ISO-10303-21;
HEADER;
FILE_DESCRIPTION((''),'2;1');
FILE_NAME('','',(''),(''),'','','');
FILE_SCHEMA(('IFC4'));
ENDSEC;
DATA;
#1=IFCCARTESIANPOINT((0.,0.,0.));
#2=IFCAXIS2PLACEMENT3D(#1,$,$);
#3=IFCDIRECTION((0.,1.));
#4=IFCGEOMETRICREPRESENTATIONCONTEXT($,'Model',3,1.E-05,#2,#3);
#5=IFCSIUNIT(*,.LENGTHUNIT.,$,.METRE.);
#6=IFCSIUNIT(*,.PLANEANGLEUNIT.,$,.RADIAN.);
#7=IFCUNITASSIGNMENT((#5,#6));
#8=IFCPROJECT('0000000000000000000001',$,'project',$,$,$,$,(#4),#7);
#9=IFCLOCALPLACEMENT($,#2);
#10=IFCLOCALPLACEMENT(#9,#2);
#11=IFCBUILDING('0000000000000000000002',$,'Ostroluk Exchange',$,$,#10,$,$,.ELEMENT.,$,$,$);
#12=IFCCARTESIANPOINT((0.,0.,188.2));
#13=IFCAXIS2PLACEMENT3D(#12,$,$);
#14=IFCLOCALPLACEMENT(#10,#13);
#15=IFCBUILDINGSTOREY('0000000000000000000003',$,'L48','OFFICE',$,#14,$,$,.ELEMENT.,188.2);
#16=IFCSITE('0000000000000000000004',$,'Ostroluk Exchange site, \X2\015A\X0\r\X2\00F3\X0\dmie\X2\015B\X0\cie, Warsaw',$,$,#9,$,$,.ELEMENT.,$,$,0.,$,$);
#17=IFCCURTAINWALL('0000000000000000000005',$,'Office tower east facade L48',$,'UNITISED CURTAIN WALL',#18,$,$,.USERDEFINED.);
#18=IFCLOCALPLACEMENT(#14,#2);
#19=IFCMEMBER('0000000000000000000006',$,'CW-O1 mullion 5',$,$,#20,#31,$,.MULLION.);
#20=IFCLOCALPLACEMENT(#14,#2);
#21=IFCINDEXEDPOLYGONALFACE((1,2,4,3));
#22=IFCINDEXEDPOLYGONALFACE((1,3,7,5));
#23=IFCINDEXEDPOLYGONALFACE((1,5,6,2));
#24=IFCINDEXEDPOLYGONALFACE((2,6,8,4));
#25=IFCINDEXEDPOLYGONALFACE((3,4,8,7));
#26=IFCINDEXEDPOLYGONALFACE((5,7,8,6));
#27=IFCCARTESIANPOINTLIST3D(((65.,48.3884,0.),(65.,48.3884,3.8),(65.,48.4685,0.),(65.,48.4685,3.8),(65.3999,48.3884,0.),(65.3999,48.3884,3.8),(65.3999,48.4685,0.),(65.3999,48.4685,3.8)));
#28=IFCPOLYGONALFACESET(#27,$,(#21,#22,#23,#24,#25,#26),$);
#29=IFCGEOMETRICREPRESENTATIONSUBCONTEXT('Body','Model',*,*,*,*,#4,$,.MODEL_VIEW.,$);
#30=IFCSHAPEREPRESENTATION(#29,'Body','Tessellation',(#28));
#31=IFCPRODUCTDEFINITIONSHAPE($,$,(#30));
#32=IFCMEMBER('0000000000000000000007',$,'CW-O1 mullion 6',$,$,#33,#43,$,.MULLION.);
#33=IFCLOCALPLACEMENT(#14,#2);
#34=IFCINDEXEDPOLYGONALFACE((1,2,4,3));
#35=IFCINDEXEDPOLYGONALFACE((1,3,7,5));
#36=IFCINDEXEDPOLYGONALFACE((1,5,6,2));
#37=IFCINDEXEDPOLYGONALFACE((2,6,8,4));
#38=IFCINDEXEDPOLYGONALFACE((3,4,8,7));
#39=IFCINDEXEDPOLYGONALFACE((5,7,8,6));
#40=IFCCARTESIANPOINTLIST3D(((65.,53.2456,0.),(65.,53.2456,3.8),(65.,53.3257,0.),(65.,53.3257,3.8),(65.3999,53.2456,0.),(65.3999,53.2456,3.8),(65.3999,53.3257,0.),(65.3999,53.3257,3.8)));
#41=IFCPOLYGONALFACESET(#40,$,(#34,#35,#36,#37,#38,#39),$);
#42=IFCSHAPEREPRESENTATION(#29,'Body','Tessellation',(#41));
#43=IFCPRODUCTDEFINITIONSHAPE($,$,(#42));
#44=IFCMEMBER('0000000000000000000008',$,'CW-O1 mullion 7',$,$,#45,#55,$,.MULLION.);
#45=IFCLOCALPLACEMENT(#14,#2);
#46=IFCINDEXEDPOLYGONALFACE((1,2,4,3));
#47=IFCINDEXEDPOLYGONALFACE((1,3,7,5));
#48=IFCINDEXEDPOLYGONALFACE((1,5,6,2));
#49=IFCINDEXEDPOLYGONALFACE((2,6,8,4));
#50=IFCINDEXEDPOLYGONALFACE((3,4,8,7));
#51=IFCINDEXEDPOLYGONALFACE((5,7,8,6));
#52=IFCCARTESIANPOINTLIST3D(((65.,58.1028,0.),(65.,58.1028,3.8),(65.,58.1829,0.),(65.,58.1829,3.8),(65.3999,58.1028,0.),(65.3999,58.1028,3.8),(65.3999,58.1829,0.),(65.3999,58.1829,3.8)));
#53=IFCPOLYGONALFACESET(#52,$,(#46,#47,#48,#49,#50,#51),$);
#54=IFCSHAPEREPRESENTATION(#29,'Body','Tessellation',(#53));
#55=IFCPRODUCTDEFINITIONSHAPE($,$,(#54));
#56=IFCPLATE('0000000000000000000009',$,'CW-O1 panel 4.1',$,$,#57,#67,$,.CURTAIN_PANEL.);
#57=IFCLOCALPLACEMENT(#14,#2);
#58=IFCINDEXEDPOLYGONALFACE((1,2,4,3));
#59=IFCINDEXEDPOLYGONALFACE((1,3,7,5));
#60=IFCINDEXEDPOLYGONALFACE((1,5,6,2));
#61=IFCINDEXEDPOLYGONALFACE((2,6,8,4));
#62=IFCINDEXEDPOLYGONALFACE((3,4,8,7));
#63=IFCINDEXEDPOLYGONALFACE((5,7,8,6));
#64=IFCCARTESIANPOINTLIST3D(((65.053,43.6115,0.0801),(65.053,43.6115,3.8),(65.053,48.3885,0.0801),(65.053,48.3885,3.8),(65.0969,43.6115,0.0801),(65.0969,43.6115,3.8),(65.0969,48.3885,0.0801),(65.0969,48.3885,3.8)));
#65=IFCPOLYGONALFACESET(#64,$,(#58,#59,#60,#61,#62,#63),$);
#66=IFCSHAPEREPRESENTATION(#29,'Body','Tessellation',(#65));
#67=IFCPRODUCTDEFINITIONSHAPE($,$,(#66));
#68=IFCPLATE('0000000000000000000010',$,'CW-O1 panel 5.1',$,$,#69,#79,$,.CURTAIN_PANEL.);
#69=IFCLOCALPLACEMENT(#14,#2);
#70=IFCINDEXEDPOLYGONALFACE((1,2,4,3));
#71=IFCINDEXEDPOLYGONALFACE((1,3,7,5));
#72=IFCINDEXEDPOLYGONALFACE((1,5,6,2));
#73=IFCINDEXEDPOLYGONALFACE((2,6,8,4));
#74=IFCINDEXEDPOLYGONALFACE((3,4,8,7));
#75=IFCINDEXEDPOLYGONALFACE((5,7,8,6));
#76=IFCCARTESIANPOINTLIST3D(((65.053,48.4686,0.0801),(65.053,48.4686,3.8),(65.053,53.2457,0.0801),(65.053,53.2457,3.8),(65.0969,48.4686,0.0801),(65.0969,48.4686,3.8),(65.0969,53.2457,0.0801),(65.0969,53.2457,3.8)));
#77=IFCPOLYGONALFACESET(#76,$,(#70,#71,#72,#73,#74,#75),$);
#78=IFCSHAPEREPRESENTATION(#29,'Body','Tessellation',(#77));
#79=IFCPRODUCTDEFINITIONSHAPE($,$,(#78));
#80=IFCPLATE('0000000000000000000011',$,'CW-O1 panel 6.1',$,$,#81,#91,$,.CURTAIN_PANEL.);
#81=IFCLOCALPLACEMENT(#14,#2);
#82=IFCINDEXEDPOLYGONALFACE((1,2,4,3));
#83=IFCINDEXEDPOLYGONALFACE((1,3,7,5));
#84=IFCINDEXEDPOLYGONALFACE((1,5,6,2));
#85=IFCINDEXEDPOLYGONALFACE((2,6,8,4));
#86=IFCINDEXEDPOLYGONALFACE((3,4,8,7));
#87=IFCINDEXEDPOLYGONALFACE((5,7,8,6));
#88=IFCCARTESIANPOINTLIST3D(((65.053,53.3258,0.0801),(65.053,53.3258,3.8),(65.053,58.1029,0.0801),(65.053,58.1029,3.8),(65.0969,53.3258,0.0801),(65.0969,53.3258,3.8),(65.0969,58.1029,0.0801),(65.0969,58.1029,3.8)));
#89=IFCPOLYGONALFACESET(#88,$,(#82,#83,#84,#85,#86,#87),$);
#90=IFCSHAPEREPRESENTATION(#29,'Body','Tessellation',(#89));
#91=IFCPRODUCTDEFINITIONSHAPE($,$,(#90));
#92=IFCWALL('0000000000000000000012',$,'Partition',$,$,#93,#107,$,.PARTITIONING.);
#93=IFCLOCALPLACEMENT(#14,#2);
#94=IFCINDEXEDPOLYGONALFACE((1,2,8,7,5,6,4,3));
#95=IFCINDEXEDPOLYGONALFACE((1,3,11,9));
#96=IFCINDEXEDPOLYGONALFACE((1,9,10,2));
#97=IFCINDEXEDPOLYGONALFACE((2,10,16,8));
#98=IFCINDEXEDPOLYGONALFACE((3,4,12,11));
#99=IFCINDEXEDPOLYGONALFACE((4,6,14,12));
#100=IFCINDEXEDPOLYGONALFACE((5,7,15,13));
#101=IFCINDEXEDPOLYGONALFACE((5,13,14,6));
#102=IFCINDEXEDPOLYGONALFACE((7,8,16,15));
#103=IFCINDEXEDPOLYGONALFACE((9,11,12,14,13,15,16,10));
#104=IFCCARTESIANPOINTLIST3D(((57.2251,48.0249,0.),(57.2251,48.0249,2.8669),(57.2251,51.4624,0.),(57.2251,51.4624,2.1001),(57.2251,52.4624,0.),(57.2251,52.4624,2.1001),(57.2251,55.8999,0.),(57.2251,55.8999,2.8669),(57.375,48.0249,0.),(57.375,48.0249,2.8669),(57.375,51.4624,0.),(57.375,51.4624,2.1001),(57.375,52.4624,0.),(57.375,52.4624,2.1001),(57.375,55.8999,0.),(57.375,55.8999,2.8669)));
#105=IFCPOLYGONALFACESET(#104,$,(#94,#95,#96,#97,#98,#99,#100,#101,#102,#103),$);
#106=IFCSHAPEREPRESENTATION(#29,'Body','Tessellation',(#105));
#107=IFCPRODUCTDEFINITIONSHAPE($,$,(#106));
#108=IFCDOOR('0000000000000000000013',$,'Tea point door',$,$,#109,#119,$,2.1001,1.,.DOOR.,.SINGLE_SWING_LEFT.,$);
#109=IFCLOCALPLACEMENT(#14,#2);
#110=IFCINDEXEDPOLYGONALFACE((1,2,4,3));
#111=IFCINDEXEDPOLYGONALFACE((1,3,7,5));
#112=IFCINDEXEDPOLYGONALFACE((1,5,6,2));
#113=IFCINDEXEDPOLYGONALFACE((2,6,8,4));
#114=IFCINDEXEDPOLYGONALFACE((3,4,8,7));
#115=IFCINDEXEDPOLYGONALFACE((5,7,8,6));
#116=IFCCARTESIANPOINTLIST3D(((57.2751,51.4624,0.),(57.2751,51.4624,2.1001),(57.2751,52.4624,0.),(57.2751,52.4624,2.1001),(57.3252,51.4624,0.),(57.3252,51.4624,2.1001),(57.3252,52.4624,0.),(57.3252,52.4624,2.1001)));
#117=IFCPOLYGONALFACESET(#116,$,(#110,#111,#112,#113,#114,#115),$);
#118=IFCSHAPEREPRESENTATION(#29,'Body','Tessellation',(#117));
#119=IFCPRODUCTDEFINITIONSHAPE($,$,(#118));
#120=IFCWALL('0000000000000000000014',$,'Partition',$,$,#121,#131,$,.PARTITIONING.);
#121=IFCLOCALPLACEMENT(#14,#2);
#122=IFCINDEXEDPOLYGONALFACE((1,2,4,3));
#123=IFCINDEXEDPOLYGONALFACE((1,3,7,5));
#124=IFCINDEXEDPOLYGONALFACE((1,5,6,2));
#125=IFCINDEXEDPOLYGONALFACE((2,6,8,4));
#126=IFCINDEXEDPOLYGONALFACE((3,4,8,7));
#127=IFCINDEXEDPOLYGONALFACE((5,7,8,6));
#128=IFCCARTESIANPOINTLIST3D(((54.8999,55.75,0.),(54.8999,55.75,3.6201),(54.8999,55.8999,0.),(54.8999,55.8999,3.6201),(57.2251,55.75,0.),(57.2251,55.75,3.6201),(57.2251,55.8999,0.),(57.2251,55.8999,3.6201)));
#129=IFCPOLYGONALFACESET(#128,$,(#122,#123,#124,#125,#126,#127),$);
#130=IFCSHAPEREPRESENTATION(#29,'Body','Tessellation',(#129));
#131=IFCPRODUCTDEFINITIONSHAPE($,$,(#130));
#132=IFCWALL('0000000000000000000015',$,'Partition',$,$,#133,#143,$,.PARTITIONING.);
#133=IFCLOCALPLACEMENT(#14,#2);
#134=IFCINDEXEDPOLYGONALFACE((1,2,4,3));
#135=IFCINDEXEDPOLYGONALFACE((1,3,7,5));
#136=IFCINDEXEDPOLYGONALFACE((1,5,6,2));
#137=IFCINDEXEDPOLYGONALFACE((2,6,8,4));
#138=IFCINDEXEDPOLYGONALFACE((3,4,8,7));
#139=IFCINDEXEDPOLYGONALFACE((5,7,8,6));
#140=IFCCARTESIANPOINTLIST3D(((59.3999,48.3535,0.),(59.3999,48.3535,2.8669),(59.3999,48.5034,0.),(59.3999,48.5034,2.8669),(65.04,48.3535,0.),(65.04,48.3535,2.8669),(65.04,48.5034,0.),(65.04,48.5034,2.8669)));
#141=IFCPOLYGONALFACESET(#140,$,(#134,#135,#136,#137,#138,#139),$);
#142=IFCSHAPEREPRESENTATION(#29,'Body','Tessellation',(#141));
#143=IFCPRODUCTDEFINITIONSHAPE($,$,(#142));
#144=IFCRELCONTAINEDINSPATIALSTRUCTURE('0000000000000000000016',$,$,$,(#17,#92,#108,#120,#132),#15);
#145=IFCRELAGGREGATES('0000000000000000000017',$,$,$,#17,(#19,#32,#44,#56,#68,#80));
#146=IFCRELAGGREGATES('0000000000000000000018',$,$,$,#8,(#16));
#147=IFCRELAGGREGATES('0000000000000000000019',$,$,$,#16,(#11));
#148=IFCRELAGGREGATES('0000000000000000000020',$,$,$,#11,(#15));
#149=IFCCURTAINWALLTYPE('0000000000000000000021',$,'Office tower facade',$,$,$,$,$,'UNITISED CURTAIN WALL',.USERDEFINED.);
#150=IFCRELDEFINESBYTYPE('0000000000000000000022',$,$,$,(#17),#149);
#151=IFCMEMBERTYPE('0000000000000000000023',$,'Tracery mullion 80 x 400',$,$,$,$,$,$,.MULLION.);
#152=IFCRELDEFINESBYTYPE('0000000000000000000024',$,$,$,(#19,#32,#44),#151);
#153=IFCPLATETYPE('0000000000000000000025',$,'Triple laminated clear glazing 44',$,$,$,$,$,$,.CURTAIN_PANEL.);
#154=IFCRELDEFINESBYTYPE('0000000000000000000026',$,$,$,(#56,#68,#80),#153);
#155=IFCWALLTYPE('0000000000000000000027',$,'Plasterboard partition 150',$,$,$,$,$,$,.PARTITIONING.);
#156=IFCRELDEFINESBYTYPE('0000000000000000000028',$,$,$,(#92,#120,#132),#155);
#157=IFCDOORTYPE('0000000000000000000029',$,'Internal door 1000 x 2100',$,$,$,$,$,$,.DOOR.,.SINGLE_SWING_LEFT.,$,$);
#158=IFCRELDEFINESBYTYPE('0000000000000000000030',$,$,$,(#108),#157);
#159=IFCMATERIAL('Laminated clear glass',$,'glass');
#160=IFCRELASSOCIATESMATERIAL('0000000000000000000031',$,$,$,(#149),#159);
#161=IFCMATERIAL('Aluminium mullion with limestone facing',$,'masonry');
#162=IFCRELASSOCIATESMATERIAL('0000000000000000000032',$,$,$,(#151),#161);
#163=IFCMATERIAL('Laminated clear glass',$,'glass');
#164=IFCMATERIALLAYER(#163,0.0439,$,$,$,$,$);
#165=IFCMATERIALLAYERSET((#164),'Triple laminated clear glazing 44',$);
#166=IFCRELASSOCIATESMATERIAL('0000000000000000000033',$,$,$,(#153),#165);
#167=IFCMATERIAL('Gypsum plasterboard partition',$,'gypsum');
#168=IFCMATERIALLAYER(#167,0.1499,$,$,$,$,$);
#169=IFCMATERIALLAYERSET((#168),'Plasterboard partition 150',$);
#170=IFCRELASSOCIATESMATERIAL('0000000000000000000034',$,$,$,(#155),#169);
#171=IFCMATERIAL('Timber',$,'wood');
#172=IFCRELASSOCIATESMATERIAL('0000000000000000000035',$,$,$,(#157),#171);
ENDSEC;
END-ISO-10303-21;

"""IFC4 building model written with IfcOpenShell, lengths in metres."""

from ifc_helpers import new_model, si_unit, direction, frame, frame_2d, origin, origin_2d, place, context, subcontext, project, spatial, rectangle, extrude, material, layer, layer_set, material_profile, profile_set, type_object, element, fill, aggregate, save


model = new_model("IFC4")

# Units and contexts
model_context = context("Model", 3, precision=1e-05, world=origin(), true_north=direction((0.0, 1.0)))
body_context = subcontext(model_context, "Body", "Model", "MODEL_VIEW")
ifc_project = project(units=[si_unit("LENGTHUNIT", "METRE"), si_unit("PLANEANGLEUNIT", "RADIAN")], contexts=[model_context])

# Site, building, storey
site_placement = place(None, origin())
site = spatial("IfcSite", under=ifc_project, at=site_placement, Name="Ostroluk Exchange site, Śródmieście, Warsaw", CompositionType="ELEMENT", RefElevation=0.0)
building_placement = place(site_placement, origin())
building = spatial("IfcBuilding", under=site, at=building_placement, Name="Ostroluk Exchange", CompositionType="ELEMENT")
storey_placement = place(building_placement, frame((0.0, 0.0, 188.2)))
storey = spatial("IfcBuildingStorey", under=building, at=storey_placement, Name="L48", Description="OFFICE", CompositionType="ELEMENT", Elevation=188.2)

# Curtain wall, members, plates
ifc_material_1 = material(Name="Laminated clear glass", Category="glass")
curtain_wall_type = type_object("IfcCurtainWallType", Name="Office tower facade", ElementType="UNITISED CURTAIN WALL", PredefinedType="USERDEFINED", material=ifc_material_1)
curtain_wall_placement = place(storey_placement, origin())
curtain_wall = element("IfcCurtainWall", 1, at=curtain_wall_placement, inside=storey, type_object=curtain_wall_type, Name="Office tower east facade L48", ObjectType="UNITISED CURTAIN WALL", PredefinedType="USERDEFINED")
ifc_material_2 = material(Name="Aluminium mullion with limestone facing", Category="masonry")
ifc_material_profile_1 = material_profile(ifc_material_2, rectangle(XDim=0.3999, YDim=0.0801, at=origin_2d()), Name="Tracery mullion 80 x 400")
ifc_profile_set_1 = profile_set([ifc_material_profile_1], Name="Aluminium mullion with limestone facing")
member_type_1 = type_object("IfcMemberType", Name="Tracery mullion 80 x 400", PredefinedType="MULLION", material=ifc_profile_set_1)
member_1_placement = place(storey_placement, frame((65.2, 48.4285, 0.0), z_axis=(0.0, 0.0, 1.0), x_axis=(-1.0, 0.0, 0.0)))
member_1 = element("IfcMember", 2, at=member_1_placement, type_object=member_type_1, Name="CW-O1 mullion 5", PredefinedType="MULLION", context=body_context, shape_type="SweptSolid", body=[
    extrude(rectangle(XDim=0.3999, YDim=0.0801, at=origin_2d()), origin(), (0.0, 0.0, 1.0), 3.8),
])
member_2_placement = place(storey_placement, frame((65.2, 53.2856, 0.0), z_axis=(0.0, 0.0, 1.0), x_axis=(-1.0, 0.0, 0.0)))
member_2 = element("IfcMember", 3, at=member_2_placement, type_object=member_type_1, Name="CW-O1 mullion 6", PredefinedType="MULLION", context=body_context, shape_type="SweptSolid", body=[
    extrude(rectangle(XDim=0.3999, YDim=0.0801, at=origin_2d()), origin(), (0.0, 0.0, 1.0), 3.8),
])
member_3_placement = place(storey_placement, frame((65.2, 58.1428, 0.0), z_axis=(0.0, 0.0, 1.0), x_axis=(-1.0, 0.0, 0.0)))
member_3 = element("IfcMember", 4, at=member_3_placement, type_object=member_type_1, Name="CW-O1 mullion 7", PredefinedType="MULLION", context=body_context, shape_type="SweptSolid", body=[
    extrude(rectangle(XDim=0.3999, YDim=0.0801, at=origin_2d()), origin(), (0.0, 0.0, 1.0), 3.8),
])
ifc_material_3 = material(Name="Laminated clear glass", Category="glass")
ifc_layer_1 = layer(ifc_material_3, 0.0439)
ifc_layer_set_1 = layer_set([ifc_layer_1], Name="Triple laminated clear glazing 44")
plate_type = type_object("IfcPlateType", Name="Triple laminated clear glazing 44", PredefinedType="CURTAIN_PANEL", material=ifc_layer_set_1)
plate_1_placement = place(storey_placement, frame((65.075, 46.0, 0.0801), z_axis=(0.0, 0.0, 1.0), x_axis=(0.0, 1.0, 0.0)))
plate_1 = element("IfcPlate", 5, at=plate_1_placement, type_object=plate_type, Name="CW-O1 panel 4.1", PredefinedType="CURTAIN_PANEL", context=body_context, shape_type="SweptSolid", body=[
    extrude(rectangle(XDim=4.7771, YDim=0.0439, at=origin_2d()), origin(), (0.0, 0.0, 1.0), 3.72),
])
plate_2_placement = place(storey_placement, frame((65.075, 50.8572, 0.0801), z_axis=(0.0, 0.0, 1.0), x_axis=(0.0, 1.0, 0.0)))
plate_2 = element("IfcPlate", 6, at=plate_2_placement, type_object=plate_type, Name="CW-O1 panel 5.1", PredefinedType="CURTAIN_PANEL", context=body_context, shape_type="SweptSolid", body=[
    extrude(rectangle(XDim=4.7771, YDim=0.0439, at=origin_2d()), origin(), (0.0, 0.0, 1.0), 3.72),
])
plate_3_placement = place(storey_placement, frame((65.075, 55.7144, 0.0801), z_axis=(0.0, 0.0, 1.0), x_axis=(0.0, 1.0, 0.0)))
plate_3 = element("IfcPlate", 7, at=plate_3_placement, type_object=plate_type, Name="CW-O1 panel 6.1", PredefinedType="CURTAIN_PANEL", context=body_context, shape_type="SweptSolid", body=[
    extrude(rectangle(XDim=4.7771, YDim=0.0439, at=origin_2d()), origin(), (0.0, 0.0, 1.0), 3.72),
])
aggregate(curtain_wall, [member_1, member_2, member_3, plate_1, plate_2, plate_3])

# Wall, opening, door
ifc_material_4 = material(Name="Gypsum plasterboard partition", Category="gypsum")
ifc_layer_2 = layer(ifc_material_4, 0.1499)
ifc_layer_set_2 = layer_set([ifc_layer_2], Name="Plasterboard partition 150")
wall_type = type_object("IfcWallType", Name="Plasterboard partition 150", PredefinedType="PARTITIONING", material=ifc_layer_set_2)
wall_1_placement = place(storey_placement, frame((57.3, 48.0249, 0.0), z_axis=(0.0, 0.0, 1.0), x_axis=(0.0, 1.0, 0.0)))
wall_1 = element("IfcWall", 8, at=wall_1_placement, inside=storey, type_object=wall_type, Name="Partition", PredefinedType="PARTITIONING", context=body_context, shape_type="SweptSolid", body=[
    extrude(rectangle(XDim=7.875, YDim=0.1499, at=frame_2d((3.9375, 0.0))), origin(), (0.0, 0.0, 1.0), 2.8669),
])
opening_placement = place(wall_1_placement, frame((3.4375, 0.0, 0.0)))
opening = element("IfcOpeningElement", 9, at=opening_placement, cuts=wall_1, PredefinedType="OPENING", context=body_context, shape_type="SweptSolid", body=[
    extrude(rectangle(XDim=1.0, YDim=2.1001, at=frame_2d((0.5, 1.05))), frame((0.0, 0.085, 0.0), z_axis=(0.0, -1.0, 0.0), x_axis=(1.0, 0.0, 0.0)), (0.0, 0.0, 1.0), 0.1699),
])
ifc_material_5 = material(Name="Timber", Category="wood")
door_type = type_object("IfcDoorType", Name="Internal door 1000 x 2100", OperationType="SINGLE_SWING_LEFT", PredefinedType="DOOR", material=ifc_material_5)
door_placement = place(opening_placement, origin())
door = element("IfcDoor", 10, at=door_placement, inside=storey, type_object=door_type, Name="Tea point door", OperationType="SINGLE_SWING_LEFT", OverallHeight=2.1001, OverallWidth=1.0, PredefinedType="DOOR", context=body_context, shape_type="SweptSolid", body=[
    extrude(rectangle(XDim=1.0, YDim=2.1001, at=frame_2d((0.5, 1.05))), frame((0.0, 0.0249, 0.0), z_axis=(0.0, -1.0, 0.0), x_axis=(1.0, 0.0, 0.0)), (0.0, 0.0, 1.0), 0.05),
])
fill(opening, door)

# Walls
wall_2_placement = place(storey_placement, frame((54.8999, 55.825, 0.0), z_axis=(0.0, 0.0, 1.0), x_axis=(1.0, 0.0, 0.0)))
element("IfcWall", 11, at=wall_2_placement, inside=storey, type_object=wall_type, Name="Partition", PredefinedType="PARTITIONING", context=body_context, shape_type="SweptSolid", body=[
    extrude(rectangle(XDim=2.3252, YDim=0.1499, at=frame_2d((1.1626, 0.0))), origin(), (0.0, 0.0, 1.0), 3.6201),
])
wall_3_placement = place(storey_placement, frame((59.3999, 48.4285, 0.0), z_axis=(0.0, 0.0, 1.0), x_axis=(1.0, 0.0, 0.0)))
element("IfcWall", 12, at=wall_3_placement, inside=storey, type_object=wall_type, Name="Partition", PredefinedType="PARTITIONING", context=body_context, shape_type="SweptSolid", body=[
    extrude(rectangle(XDim=5.6401, YDim=0.1499, at=frame_2d((2.8201, 0.0))), origin(), (0.0, 0.0, 1.0), 2.8669),
])

save(model, "model.ifc")
